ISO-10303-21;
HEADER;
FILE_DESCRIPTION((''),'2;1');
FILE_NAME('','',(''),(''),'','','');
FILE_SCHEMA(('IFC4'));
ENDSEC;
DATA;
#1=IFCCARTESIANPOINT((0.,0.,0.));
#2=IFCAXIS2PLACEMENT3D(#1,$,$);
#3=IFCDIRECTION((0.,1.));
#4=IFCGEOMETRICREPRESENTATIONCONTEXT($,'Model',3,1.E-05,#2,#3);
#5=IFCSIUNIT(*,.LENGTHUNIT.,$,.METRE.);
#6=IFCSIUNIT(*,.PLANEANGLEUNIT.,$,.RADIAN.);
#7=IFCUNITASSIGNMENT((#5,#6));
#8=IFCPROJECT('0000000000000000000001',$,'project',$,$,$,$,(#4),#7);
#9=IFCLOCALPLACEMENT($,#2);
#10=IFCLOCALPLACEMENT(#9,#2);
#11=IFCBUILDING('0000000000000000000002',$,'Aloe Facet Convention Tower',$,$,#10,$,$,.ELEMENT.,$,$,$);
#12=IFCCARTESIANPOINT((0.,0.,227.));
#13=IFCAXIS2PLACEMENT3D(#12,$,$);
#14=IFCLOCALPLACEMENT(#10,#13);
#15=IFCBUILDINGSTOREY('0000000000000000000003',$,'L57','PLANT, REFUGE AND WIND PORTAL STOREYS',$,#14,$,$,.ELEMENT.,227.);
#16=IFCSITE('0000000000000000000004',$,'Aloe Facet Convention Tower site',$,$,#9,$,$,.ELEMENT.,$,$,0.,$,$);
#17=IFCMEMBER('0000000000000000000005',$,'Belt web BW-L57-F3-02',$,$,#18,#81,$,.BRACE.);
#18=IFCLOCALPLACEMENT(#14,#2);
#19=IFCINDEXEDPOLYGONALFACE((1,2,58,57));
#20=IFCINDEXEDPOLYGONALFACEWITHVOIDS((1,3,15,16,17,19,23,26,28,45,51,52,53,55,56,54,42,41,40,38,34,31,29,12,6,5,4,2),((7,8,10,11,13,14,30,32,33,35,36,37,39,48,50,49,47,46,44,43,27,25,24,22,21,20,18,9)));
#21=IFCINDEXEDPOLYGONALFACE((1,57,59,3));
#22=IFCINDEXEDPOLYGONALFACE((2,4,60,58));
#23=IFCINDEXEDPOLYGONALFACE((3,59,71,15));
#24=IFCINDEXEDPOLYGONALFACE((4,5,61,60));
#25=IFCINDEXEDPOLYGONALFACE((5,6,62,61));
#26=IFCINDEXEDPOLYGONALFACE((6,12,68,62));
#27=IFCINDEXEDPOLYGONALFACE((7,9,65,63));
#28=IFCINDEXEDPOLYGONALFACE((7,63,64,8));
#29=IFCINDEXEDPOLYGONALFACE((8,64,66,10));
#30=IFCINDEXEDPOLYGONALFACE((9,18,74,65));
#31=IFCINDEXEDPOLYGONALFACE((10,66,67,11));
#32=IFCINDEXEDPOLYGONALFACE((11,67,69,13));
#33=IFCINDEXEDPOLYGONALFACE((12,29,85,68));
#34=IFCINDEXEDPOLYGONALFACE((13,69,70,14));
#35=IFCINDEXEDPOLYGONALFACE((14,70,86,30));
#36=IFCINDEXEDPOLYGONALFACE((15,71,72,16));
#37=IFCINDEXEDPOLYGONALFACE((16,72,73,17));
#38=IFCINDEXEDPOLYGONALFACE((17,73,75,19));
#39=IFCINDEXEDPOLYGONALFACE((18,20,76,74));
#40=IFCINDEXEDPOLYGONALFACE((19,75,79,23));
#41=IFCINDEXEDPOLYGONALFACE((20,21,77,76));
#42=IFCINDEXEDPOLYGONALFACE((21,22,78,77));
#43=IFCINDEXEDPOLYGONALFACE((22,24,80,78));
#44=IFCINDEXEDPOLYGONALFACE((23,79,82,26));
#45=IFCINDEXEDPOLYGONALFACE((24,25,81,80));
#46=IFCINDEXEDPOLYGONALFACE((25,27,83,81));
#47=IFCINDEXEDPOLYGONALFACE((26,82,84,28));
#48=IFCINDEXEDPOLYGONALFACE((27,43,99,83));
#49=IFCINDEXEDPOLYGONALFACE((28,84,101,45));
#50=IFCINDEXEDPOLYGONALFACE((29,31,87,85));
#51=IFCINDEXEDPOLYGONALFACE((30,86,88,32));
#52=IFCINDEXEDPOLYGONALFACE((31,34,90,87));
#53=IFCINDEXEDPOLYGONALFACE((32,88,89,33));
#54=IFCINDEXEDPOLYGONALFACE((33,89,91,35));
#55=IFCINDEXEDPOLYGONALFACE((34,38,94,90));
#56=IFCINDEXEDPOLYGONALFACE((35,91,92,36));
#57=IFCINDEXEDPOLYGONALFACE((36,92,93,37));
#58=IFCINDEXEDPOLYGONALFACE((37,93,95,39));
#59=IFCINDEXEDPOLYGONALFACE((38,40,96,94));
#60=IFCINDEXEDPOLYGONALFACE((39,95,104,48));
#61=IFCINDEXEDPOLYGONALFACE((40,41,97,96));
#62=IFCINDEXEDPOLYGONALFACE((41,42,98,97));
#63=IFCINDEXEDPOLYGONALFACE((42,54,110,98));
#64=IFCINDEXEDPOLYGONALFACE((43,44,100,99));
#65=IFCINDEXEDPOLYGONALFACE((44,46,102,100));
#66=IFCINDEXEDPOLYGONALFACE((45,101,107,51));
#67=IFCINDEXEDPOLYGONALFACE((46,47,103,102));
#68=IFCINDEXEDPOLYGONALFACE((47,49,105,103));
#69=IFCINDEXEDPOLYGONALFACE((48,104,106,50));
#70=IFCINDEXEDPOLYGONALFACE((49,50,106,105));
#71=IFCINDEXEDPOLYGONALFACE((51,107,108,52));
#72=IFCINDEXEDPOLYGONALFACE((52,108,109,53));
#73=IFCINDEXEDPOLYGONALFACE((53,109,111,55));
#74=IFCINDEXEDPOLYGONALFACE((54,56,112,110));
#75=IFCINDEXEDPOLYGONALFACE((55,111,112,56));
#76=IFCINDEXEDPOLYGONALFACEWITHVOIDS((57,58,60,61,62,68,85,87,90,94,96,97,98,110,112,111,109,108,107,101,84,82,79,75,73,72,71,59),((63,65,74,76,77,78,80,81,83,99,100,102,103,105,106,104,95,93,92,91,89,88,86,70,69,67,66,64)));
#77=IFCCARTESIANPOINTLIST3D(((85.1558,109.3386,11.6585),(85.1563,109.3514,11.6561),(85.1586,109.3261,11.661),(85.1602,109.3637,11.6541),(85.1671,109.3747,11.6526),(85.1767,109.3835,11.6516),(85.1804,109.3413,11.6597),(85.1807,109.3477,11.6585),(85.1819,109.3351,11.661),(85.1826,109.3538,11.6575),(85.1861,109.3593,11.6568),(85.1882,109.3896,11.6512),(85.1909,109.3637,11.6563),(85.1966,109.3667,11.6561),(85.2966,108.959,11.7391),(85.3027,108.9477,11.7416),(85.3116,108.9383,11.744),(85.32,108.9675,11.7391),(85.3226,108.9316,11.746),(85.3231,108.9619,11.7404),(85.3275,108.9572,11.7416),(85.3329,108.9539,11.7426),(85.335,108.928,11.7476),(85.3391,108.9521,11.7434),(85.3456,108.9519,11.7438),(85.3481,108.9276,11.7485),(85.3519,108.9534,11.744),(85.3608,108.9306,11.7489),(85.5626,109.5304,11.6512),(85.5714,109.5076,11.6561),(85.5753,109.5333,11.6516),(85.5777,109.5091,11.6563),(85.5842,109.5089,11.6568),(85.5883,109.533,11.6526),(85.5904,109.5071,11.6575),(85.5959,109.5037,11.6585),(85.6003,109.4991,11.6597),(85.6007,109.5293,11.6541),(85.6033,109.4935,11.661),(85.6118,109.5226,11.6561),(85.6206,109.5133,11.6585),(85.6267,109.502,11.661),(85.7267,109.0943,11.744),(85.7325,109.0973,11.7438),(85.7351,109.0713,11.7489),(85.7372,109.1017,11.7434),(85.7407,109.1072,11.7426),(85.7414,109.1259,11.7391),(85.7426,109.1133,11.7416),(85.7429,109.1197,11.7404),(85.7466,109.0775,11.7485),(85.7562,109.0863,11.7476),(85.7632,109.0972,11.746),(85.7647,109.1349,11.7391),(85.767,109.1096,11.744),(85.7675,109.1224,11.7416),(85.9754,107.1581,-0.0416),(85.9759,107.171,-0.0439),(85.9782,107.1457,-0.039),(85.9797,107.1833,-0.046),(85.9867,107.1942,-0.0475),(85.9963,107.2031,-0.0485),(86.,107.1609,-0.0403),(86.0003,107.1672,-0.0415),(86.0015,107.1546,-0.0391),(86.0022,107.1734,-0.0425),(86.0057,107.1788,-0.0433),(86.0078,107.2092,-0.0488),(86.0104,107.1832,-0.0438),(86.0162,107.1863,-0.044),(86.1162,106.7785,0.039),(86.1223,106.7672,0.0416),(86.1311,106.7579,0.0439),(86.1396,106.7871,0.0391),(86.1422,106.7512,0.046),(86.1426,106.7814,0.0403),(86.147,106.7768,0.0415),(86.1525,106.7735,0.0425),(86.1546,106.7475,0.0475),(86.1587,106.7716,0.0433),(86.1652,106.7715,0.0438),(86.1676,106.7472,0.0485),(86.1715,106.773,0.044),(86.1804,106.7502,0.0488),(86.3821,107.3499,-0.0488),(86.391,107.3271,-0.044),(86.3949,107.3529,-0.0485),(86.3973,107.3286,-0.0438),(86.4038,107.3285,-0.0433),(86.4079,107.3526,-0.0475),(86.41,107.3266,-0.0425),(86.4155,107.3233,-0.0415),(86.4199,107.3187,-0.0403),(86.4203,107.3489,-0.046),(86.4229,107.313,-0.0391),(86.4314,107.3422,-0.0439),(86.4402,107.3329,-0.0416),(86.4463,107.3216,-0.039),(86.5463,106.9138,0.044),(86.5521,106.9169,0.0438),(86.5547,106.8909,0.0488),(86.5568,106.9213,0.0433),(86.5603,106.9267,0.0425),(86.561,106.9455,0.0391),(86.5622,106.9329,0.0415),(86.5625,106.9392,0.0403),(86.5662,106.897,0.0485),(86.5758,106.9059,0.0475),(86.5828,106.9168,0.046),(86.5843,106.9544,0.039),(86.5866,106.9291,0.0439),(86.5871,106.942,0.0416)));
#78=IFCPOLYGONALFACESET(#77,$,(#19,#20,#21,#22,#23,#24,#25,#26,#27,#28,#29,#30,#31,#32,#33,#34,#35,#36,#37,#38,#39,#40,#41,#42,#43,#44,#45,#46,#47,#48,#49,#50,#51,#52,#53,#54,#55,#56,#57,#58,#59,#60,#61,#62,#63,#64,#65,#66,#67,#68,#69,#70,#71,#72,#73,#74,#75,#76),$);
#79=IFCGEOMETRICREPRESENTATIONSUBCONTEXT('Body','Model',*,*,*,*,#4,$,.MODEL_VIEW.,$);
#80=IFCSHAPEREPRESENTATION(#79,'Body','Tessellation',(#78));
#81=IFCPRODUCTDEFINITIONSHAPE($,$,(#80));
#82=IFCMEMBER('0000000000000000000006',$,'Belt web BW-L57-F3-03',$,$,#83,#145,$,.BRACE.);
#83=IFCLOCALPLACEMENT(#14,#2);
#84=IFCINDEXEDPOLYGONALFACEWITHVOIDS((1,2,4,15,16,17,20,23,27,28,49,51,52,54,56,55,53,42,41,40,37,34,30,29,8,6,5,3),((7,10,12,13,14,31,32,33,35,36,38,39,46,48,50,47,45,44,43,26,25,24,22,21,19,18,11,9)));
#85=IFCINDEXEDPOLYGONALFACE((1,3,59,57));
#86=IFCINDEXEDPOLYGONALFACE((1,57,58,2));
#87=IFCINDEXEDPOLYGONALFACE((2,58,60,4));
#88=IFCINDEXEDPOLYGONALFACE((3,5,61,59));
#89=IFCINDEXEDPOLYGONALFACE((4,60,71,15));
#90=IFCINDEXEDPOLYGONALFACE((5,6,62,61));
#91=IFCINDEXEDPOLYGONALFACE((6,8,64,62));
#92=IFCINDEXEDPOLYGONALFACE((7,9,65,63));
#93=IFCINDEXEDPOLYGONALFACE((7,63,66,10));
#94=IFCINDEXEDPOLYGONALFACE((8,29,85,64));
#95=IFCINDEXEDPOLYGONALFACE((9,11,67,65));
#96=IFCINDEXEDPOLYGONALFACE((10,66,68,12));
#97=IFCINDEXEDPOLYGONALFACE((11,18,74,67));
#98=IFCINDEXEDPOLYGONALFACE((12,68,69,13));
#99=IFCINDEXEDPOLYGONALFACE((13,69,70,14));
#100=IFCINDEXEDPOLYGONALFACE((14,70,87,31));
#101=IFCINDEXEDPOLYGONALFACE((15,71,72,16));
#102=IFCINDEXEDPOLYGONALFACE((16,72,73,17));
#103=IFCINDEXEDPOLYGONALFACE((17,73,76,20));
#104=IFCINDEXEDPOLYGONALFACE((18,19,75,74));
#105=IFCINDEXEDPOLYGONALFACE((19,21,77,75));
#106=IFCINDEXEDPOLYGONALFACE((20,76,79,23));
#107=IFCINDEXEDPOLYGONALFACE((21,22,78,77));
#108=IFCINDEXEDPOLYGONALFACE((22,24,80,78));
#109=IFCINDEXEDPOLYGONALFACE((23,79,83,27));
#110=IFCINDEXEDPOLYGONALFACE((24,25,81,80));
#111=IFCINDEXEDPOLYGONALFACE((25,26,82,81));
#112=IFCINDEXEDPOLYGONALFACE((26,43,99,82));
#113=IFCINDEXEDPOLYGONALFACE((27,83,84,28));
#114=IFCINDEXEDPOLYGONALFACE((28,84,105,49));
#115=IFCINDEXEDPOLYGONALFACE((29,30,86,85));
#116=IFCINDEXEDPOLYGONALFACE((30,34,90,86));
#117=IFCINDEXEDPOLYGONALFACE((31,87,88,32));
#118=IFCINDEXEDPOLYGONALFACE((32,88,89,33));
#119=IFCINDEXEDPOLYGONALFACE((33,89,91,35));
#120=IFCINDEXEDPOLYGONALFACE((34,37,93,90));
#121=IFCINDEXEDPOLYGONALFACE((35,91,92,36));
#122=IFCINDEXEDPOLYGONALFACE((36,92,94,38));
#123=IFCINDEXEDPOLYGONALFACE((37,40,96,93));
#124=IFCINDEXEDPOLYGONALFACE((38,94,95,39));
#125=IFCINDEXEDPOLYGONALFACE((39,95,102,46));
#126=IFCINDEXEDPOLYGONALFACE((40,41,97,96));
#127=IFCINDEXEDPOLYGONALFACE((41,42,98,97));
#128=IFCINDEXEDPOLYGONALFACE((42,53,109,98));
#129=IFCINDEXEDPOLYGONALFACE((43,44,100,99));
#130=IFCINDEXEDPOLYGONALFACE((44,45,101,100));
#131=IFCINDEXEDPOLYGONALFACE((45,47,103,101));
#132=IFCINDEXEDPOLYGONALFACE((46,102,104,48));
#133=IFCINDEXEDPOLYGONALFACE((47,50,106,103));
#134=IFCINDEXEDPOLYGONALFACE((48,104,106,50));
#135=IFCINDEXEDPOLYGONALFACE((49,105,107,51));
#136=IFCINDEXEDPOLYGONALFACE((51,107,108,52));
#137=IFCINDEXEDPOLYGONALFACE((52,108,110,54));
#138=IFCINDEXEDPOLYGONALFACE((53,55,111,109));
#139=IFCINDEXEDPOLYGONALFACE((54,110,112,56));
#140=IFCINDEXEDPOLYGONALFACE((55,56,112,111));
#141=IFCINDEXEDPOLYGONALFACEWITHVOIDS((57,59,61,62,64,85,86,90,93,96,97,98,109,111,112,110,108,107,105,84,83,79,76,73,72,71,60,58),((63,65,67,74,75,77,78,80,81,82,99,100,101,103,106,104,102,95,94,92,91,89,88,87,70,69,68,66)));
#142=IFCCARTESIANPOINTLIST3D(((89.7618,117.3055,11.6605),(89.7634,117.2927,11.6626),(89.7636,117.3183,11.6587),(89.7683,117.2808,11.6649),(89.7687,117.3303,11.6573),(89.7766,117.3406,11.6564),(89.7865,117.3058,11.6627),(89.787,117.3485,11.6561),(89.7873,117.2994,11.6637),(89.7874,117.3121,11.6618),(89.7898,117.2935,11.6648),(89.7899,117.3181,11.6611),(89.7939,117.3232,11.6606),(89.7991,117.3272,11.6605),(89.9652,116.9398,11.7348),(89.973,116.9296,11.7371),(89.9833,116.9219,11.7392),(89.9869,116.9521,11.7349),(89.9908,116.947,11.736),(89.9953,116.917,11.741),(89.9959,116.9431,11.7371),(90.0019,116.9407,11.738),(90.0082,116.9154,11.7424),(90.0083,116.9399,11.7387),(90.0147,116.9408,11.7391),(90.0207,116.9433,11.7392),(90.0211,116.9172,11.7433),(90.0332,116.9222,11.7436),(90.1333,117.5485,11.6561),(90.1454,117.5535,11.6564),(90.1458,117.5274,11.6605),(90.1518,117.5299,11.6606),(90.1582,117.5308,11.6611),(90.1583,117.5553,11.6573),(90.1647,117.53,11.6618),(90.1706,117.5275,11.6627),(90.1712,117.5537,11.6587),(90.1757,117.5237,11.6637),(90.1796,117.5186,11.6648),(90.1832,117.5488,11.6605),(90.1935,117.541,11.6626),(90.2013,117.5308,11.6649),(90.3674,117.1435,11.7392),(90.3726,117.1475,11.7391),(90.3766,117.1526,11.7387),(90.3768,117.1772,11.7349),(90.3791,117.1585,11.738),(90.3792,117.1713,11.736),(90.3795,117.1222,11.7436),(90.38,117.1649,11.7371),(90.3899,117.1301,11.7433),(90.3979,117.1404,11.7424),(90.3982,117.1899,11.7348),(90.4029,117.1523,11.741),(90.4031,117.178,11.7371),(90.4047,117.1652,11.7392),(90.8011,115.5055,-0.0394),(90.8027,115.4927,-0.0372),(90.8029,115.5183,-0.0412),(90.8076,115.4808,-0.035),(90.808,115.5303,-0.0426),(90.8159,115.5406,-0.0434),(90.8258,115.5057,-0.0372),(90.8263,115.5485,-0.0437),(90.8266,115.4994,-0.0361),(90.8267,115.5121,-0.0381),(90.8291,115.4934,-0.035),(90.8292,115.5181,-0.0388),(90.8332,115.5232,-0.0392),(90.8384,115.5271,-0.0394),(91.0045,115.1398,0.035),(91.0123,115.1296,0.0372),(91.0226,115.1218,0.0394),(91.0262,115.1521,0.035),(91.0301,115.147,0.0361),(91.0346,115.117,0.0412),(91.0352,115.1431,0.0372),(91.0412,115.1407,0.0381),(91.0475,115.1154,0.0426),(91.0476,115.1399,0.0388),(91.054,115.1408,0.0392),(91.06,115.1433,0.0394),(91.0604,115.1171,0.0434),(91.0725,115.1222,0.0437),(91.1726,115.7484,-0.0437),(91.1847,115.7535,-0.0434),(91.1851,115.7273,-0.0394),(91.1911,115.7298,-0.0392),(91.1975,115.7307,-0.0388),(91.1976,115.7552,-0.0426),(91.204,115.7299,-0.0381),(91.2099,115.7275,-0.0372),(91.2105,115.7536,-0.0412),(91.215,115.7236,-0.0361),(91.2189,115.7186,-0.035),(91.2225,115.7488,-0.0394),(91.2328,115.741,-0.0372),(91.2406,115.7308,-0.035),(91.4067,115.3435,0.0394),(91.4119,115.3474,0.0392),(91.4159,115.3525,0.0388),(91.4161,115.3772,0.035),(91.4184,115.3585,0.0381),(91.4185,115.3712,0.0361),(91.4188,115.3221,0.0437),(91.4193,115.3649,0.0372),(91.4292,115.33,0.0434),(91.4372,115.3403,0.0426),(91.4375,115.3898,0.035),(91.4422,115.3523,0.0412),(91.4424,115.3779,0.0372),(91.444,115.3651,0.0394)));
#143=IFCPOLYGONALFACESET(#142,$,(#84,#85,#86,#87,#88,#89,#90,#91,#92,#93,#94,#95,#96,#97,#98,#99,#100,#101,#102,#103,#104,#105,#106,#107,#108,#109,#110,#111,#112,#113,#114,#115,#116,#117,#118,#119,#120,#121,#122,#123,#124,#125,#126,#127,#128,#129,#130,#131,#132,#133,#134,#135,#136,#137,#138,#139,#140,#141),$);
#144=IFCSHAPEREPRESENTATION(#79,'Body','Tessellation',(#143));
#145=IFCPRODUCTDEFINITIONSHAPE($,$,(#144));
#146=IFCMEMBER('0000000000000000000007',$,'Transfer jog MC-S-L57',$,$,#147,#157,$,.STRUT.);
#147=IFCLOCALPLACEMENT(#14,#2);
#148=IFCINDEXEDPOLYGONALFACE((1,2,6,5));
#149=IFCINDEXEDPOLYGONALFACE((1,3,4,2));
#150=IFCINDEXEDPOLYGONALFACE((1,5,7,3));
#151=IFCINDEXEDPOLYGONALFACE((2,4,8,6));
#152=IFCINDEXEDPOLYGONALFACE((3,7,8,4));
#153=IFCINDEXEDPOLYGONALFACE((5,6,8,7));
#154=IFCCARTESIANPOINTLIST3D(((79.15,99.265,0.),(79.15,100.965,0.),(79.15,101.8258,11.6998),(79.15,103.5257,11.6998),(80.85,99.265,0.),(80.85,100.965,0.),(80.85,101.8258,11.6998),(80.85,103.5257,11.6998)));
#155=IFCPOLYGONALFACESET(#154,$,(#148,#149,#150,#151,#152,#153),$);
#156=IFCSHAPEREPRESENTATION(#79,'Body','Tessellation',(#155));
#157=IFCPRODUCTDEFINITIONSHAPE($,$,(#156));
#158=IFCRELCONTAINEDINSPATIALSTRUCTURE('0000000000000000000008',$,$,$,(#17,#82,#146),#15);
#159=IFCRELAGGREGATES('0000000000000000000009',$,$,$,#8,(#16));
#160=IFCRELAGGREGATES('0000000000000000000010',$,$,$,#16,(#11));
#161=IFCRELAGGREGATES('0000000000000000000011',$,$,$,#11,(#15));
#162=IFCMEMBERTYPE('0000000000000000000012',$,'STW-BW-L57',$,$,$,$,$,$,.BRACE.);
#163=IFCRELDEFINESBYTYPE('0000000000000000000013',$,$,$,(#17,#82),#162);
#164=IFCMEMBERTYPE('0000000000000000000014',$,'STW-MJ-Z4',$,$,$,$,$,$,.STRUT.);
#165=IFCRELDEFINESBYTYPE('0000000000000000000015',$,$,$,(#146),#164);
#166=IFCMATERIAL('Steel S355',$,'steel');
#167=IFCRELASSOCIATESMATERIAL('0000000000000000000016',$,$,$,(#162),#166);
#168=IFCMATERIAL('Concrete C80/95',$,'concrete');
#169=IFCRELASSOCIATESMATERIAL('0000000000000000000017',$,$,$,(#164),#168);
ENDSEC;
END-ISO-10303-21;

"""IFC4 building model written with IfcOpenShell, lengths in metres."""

from ifc_helpers import new_model, si_unit, direction, frame, origin, origin_2d, place, context, subcontext, project, spatial, rectangle, hollow_rectangle, extrude, material, material_profile, profile_set, type_object, element, save


model = new_model("IFC4")

# Units and contexts
model_context = context("Model", 3, precision=1e-05, world=origin(), true_north=direction((0.0, 1.0)))
body_context = subcontext(model_context, "Body", "Model", "MODEL_VIEW")
ifc_project = project(units=[si_unit("LENGTHUNIT", "METRE"), si_unit("PLANEANGLEUNIT", "RADIAN")], contexts=[model_context])

# Site, building, storey
site_placement = place(None, origin())
site = spatial("IfcSite", under=ifc_project, at=site_placement, Name="Aloe Facet Convention Tower site", CompositionType="ELEMENT", RefElevation=0.0)
building_placement = place(site_placement, origin())
building = spatial("IfcBuilding", under=site, at=building_placement, Name="Aloe Facet Convention Tower", CompositionType="ELEMENT")
storey_placement = place(building_placement, frame((0.0, 0.0, 227.0)))
storey = spatial("IfcBuildingStorey", under=building, at=storey_placement, Name="L57", Description="PLANT, REFUGE AND WIND PORTAL STOREYS", CompositionType="ELEMENT", Elevation=227.0)

# Members
ifc_material_1 = material(Name="Steel S355", Category="steel")
ifc_material_profile_1 = material_profile(ifc_material_1, hollow_rectangle(XDim=0.5, YDim=0.5, WallThickness=0.0249, InnerFilletRadius=0.0249, OuterFilletRadius=0.05, at=origin_2d()), Name="SHS 500x500x25")
ifc_profile_set_1 = profile_set([ifc_material_profile_1], Name="Steel S355")
member_type_1 = type_object("IfcMemberType", Name="STW-BW-L57", PredefinedType="BRACE", material=ifc_profile_set_1)
for number, where, z_axis, x_axis, name in (
    (1, (86.2812, 107.05, 0.0), (-0.068702, 0.182774, 0.980752), (-0.936058, -0.351847, 0.0), "Belt web BW-L57-F3-02"),
):
    element("IfcMember", number, at=place(storey_placement, frame(where, z_axis=z_axis, x_axis=x_axis)), inside=storey, type_object=member_type_1, Name=name, PredefinedType="BRACE", context=body_context, shape_type="SweptSolid", body=[
        extrude(hollow_rectangle(XDim=0.5, YDim=0.5, WallThickness=0.0249, InnerFilletRadius=0.0249, OuterFilletRadius=0.05, at=origin_2d()), origin(), (0.0, 0.0, 1.0), 11.9297),
    ])
member_1_placement = place(storey_placement, frame((91.1226, 115.4353, 0.0), z_axis=(-0.087461, 0.151479, 0.984584), x_axis=(-0.866015, -0.500017, 0.0)))
element("IfcMember", 2, at=member_1_placement, inside=storey, type_object=member_type_1, Name="Belt web BW-L57-F3-03", PredefinedType="BRACE", context=body_context, shape_type="SweptSolid", body=[
    extrude(hollow_rectangle(XDim=0.5, YDim=0.5, WallThickness=0.0249, InnerFilletRadius=0.0249, OuterFilletRadius=0.05, at=origin_2d()), origin(), (0.0, 0.0, 1.0), 11.8831),
])
ifc_material_2 = material(Name="Concrete C80/95", Category="concrete")
ifc_material_profile_2 = material_profile(ifc_material_2, rectangle(XDim=1.7, YDim=1.7, at=origin_2d()), Name="STW-MJ-Z4")
ifc_profile_set_2 = profile_set([ifc_material_profile_2], Name="Concrete C80/95")
member_type_2 = type_object("IfcMemberType", Name="STW-MJ-Z4", PredefinedType="STRUT", material=ifc_profile_set_2)
member_2_placement = place(storey_placement, frame((80.0, 100.115, 0.0), z_axis=(0.0, 0.0, 1.0), x_axis=(1.0, 0.0, 0.0)))
element("IfcMember", 3, at=member_2_placement, inside=storey, type_object=member_type_2, Name="Transfer jog MC-S-L57", PredefinedType="STRUT", context=body_context, shape_type="SweptSolid", body=[
    extrude(rectangle(XDim=1.7, YDim=1.7, at=origin_2d()), origin(), (0.0, 0.213811, 0.976875), 11.9768),
])

save(model, "model.ifc")
